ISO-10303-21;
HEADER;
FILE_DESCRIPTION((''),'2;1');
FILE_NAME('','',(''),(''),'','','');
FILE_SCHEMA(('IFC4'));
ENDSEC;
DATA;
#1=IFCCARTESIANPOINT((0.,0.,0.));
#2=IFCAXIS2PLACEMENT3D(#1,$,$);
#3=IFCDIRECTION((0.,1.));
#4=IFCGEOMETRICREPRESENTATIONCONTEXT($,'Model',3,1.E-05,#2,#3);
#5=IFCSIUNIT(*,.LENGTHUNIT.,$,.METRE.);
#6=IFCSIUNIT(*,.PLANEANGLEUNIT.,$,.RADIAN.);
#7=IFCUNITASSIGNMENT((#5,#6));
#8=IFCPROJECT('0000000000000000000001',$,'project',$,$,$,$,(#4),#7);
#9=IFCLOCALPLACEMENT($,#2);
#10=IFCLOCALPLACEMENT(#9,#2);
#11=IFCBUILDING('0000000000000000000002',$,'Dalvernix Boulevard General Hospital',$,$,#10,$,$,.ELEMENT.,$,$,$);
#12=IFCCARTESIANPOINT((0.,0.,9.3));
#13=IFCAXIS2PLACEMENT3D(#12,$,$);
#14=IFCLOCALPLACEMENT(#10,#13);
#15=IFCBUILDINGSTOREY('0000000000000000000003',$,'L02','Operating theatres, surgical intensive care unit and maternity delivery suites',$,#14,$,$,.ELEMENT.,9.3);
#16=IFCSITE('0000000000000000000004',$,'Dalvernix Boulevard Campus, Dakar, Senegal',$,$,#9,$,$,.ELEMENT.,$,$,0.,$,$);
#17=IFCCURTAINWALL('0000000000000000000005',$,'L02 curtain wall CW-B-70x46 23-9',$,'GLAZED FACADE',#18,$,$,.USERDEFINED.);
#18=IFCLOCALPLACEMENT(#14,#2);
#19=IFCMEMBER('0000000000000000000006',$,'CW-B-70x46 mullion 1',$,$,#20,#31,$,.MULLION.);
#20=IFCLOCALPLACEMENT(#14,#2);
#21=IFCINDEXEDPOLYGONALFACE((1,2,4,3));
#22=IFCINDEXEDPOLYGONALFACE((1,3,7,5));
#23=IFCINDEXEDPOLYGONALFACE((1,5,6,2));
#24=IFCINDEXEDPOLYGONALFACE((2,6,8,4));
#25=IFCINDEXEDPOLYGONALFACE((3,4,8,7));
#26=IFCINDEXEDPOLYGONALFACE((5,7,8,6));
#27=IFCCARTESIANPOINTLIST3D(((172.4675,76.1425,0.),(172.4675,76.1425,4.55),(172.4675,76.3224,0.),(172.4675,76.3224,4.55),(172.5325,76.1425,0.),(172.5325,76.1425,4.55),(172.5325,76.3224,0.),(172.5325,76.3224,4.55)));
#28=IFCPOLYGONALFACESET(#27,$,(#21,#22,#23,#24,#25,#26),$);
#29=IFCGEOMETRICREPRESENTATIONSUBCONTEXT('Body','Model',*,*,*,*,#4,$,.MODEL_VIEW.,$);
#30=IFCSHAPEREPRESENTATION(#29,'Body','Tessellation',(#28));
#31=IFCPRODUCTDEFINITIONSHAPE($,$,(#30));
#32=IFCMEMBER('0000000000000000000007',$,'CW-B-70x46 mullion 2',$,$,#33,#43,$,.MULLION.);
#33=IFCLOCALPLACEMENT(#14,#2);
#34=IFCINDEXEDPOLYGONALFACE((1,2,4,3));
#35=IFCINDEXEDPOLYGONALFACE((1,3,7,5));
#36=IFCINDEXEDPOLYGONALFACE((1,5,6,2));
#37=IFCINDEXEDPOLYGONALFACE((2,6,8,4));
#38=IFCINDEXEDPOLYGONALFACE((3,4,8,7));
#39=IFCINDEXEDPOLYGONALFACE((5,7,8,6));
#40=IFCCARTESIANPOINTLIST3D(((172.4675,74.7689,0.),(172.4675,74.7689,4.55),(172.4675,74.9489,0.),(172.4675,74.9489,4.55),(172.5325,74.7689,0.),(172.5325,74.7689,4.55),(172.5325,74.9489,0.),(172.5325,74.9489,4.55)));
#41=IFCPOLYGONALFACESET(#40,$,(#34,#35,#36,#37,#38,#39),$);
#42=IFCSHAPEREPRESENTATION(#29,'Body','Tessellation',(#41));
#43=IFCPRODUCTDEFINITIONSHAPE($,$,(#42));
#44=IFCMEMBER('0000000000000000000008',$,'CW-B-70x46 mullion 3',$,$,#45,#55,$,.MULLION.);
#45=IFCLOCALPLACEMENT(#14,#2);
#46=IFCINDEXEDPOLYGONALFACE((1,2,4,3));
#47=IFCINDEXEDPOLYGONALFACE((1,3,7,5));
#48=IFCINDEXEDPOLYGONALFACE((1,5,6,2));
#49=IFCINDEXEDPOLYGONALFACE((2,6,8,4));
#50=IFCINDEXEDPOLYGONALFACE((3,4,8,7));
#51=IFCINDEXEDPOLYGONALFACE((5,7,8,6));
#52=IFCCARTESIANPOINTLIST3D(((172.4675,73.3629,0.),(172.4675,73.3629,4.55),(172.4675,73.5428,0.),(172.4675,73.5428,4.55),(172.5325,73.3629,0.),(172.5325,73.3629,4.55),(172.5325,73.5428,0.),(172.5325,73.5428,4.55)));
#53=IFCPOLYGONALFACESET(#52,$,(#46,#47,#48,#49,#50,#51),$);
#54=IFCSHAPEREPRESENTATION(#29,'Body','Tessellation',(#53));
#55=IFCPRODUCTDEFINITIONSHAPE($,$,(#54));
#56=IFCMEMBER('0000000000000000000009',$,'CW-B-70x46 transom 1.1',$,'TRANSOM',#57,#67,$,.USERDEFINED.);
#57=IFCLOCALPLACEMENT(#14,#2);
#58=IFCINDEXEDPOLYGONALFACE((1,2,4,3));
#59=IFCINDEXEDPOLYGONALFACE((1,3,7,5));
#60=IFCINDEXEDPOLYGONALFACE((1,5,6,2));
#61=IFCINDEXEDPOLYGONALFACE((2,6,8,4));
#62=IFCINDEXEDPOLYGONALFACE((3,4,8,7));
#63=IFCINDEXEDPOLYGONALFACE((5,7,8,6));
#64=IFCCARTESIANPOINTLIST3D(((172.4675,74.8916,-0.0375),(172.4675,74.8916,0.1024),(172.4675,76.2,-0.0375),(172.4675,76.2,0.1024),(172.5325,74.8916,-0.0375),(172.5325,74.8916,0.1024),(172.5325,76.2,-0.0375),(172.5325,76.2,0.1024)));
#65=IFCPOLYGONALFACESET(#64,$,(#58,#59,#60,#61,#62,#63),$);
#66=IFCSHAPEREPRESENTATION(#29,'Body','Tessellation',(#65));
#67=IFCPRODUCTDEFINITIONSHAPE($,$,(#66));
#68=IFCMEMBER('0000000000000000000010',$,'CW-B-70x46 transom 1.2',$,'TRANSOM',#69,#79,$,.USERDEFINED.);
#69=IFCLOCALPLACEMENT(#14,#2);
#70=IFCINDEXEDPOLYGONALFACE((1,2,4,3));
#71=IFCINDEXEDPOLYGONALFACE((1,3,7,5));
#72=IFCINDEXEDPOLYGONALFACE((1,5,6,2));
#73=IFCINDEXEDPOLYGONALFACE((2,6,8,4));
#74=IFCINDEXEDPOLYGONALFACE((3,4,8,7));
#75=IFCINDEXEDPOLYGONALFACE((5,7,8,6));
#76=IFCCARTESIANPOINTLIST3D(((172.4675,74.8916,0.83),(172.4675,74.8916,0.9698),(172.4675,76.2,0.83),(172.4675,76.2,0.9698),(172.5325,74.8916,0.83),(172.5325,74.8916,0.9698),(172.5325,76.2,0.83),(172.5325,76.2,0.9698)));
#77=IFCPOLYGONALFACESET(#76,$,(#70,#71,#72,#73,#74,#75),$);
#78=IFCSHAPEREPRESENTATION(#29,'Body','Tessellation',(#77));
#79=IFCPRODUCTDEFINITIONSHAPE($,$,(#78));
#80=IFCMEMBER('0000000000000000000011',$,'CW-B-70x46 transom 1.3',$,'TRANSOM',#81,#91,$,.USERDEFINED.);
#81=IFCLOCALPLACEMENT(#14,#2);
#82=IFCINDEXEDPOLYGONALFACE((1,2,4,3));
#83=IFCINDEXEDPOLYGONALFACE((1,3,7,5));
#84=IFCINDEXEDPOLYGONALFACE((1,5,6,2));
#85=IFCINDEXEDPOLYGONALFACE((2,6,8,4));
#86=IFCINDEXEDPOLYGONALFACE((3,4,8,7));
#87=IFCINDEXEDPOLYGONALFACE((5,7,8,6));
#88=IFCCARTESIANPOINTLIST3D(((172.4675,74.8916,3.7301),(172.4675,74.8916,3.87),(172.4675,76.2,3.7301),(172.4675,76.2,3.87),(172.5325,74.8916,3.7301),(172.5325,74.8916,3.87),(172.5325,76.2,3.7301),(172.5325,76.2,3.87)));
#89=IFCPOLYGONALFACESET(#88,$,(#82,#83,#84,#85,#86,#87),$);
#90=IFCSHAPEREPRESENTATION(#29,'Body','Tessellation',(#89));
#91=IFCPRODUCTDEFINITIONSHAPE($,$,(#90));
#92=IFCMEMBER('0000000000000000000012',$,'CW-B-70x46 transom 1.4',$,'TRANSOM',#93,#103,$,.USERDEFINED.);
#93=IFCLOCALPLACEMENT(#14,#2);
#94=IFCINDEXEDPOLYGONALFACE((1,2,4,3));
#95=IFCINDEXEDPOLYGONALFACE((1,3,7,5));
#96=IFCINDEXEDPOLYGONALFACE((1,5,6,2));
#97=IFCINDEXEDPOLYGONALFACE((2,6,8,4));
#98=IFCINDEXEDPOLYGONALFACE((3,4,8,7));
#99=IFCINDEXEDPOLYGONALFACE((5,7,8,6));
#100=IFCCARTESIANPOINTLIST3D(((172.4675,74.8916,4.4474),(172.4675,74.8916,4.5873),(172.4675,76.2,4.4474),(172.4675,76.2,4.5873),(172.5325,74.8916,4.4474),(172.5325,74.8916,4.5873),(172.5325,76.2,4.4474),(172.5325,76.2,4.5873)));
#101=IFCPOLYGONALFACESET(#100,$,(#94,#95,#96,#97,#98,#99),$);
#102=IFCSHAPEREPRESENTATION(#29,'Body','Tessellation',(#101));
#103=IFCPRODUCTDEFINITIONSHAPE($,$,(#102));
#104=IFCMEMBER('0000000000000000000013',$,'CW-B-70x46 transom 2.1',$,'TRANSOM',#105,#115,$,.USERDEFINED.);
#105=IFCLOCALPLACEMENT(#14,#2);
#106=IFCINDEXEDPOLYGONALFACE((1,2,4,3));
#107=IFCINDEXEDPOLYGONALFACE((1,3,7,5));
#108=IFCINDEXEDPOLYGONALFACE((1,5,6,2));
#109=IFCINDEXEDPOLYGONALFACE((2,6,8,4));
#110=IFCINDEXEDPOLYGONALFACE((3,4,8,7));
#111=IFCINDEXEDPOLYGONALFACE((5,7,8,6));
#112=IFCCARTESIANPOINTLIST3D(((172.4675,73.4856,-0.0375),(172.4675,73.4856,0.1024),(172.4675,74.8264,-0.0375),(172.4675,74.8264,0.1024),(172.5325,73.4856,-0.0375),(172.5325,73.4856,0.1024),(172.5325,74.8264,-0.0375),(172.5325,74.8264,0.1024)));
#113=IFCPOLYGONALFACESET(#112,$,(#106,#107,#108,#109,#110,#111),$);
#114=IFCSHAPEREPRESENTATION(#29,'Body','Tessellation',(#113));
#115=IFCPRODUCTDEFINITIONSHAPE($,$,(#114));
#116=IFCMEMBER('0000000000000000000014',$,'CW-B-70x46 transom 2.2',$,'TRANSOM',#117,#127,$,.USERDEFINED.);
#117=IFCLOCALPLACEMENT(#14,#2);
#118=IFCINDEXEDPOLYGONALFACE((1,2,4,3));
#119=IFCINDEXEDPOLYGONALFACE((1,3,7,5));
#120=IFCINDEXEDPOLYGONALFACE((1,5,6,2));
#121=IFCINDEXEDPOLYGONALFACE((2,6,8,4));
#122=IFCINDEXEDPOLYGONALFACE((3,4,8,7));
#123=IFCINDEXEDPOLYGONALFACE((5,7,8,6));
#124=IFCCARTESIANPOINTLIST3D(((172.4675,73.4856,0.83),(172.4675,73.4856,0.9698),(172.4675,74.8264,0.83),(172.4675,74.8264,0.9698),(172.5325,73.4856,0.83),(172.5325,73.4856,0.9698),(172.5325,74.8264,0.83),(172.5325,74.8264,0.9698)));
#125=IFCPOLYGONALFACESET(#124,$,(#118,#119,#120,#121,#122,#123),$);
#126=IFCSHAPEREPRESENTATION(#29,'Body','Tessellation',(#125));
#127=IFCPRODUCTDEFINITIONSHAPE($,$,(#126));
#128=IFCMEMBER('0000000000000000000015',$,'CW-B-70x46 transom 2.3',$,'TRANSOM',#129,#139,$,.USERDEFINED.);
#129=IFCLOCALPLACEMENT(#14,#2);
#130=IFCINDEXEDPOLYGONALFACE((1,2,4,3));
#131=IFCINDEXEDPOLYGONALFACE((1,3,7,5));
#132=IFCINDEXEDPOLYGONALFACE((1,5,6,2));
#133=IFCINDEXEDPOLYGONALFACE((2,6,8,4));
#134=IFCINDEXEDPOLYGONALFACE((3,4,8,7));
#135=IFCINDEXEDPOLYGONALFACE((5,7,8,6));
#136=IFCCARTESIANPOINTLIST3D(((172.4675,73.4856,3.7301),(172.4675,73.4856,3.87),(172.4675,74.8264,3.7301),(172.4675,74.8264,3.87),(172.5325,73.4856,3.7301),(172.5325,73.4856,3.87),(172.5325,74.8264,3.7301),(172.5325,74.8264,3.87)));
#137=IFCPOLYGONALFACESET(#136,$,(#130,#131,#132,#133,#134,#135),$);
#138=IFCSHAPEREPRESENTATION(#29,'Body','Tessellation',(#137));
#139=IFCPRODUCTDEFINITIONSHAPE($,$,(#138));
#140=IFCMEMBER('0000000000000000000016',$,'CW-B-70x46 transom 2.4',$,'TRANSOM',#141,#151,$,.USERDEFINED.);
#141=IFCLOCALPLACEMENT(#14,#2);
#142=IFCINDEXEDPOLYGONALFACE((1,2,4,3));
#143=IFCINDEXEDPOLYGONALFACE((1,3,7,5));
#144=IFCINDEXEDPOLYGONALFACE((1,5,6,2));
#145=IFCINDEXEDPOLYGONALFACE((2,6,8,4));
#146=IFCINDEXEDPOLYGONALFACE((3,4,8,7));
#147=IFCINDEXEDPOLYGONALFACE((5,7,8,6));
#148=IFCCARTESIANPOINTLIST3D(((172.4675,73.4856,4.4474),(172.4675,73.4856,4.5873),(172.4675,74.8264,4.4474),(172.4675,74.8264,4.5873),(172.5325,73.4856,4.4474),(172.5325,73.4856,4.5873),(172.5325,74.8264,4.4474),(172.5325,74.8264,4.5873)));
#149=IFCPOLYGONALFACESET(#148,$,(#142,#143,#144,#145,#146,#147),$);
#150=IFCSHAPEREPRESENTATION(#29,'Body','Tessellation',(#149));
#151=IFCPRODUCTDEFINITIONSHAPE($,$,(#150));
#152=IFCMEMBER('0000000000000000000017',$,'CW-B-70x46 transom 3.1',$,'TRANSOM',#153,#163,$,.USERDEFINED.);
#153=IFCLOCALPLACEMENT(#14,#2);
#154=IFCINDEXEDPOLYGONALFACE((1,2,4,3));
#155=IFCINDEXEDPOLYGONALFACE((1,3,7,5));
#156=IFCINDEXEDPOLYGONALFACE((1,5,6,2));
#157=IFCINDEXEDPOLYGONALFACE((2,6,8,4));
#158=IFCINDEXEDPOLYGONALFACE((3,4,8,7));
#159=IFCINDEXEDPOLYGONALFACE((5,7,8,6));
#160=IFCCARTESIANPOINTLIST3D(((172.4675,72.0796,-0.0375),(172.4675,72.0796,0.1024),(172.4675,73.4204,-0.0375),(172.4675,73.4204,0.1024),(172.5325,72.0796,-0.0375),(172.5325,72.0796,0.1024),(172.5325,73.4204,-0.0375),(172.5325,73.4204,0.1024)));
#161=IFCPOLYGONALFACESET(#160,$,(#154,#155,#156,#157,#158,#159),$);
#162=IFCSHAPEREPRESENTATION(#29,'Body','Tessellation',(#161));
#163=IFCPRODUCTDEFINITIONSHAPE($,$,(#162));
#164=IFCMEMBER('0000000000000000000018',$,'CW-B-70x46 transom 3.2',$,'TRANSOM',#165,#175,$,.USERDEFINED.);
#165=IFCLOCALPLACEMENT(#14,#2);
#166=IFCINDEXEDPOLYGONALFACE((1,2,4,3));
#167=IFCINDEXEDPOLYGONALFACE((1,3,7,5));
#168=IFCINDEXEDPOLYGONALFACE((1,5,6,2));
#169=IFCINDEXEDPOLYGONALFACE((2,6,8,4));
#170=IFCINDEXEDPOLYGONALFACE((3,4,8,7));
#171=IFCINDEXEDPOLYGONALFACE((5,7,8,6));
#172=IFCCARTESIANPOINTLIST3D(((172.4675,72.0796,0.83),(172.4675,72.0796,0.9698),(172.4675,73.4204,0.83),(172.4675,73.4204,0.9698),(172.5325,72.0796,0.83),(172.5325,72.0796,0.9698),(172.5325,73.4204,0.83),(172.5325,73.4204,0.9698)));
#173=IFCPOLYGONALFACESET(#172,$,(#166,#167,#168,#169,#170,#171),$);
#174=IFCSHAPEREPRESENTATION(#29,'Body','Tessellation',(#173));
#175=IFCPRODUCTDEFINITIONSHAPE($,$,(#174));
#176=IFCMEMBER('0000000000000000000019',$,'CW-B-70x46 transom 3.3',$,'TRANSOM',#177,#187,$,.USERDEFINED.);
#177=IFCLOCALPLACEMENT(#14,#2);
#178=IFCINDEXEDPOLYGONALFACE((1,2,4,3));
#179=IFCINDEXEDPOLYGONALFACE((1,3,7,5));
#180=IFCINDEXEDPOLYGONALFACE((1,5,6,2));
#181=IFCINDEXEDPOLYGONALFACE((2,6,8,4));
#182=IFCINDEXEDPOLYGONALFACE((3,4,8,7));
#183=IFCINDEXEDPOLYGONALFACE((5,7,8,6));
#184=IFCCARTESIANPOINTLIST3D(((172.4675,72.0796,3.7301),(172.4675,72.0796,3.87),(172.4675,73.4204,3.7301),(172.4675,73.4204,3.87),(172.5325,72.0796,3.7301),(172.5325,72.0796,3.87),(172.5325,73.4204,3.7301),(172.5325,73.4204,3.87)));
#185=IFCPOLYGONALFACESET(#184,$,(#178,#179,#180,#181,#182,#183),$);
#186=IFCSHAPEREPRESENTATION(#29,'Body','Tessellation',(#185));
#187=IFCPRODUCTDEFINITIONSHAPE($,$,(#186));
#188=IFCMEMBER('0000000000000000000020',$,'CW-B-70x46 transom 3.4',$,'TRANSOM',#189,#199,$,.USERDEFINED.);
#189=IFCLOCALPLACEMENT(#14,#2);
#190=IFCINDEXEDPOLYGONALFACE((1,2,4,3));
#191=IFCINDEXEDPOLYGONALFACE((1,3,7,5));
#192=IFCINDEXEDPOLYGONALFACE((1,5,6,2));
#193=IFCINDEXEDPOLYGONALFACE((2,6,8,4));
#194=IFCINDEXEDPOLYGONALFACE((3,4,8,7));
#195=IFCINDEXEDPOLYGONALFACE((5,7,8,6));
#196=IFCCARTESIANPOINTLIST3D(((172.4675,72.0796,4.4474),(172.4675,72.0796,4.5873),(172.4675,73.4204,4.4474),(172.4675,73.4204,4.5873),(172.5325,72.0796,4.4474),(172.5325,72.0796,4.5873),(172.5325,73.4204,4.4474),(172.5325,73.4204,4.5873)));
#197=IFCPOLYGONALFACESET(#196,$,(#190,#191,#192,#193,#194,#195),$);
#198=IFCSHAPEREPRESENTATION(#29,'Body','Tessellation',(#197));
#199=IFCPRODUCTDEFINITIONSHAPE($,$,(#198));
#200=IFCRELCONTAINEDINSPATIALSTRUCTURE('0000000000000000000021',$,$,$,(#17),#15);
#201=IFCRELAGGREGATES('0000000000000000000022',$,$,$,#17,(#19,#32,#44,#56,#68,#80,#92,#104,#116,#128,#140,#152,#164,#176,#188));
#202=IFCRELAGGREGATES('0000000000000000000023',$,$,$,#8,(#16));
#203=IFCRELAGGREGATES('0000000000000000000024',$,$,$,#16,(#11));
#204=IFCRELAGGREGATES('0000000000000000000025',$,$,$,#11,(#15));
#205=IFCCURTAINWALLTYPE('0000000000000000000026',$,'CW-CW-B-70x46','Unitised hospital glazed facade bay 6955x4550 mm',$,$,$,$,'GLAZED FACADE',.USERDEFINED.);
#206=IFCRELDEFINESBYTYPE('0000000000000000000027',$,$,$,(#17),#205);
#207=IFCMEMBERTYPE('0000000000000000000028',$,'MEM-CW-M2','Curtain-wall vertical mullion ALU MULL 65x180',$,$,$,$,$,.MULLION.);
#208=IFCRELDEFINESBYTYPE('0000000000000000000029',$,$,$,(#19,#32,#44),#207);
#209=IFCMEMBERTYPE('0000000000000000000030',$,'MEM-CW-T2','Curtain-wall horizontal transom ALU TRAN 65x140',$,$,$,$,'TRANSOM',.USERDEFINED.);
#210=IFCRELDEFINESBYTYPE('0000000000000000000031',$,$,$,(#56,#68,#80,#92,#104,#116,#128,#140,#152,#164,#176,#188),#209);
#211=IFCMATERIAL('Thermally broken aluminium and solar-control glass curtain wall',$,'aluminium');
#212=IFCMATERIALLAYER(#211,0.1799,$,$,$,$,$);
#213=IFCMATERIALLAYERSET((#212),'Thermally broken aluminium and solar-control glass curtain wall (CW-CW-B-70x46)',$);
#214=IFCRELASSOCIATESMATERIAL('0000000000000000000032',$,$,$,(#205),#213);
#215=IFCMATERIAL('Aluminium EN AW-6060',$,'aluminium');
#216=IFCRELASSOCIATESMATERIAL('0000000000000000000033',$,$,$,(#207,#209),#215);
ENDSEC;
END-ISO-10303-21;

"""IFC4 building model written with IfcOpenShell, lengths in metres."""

from ifc_helpers import new_model, si_unit, direction, frame, origin, origin_2d, place, context, subcontext, project, spatial, rectangle, extrude, material, layer, layer_set, material_profile, profile_set, type_object, element, aggregate, save


model = new_model("IFC4")

# Units and contexts
model_context = context("Model", 3, precision=1e-05, world=origin(), true_north=direction((0.0, 1.0)))
body_context = subcontext(model_context, "Body", "Model", "MODEL_VIEW")
ifc_project = project(units=[si_unit("LENGTHUNIT", "METRE"), si_unit("PLANEANGLEUNIT", "RADIAN")], contexts=[model_context])

# Site, building, storey
site_placement = place(None, origin())
site = spatial("IfcSite", under=ifc_project, at=site_placement, Name="Dalvernix Boulevard Campus, Dakar, Senegal", CompositionType="ELEMENT", RefElevation=0.0)
building_placement = place(site_placement, origin())
building = spatial("IfcBuilding", under=site, at=building_placement, Name="Dalvernix Boulevard General Hospital", CompositionType="ELEMENT")
storey_placement = place(building_placement, frame((0.0, 0.0, 9.3)))
storey = spatial("IfcBuildingStorey", under=building, at=storey_placement, Name="L02", Description="Operating theatres, surgical intensive care unit and maternity delivery suites", CompositionType="ELEMENT", Elevation=9.3)

# Curtain wall, members
ifc_material_1 = material(Name="Thermally broken aluminium and solar-control glass curtain wall", Category="aluminium")
ifc_layer_1 = layer(ifc_material_1, 0.1799)
ifc_layer_set_1 = layer_set([ifc_layer_1], Name="Thermally broken aluminium and solar-control glass curtain wall (CW-CW-B-70x46)")
curtain_wall_type = type_object("IfcCurtainWallType", Name="CW-CW-B-70x46", Description="Unitised hospital glazed facade bay 6955x4550 mm", ElementType="GLAZED FACADE", PredefinedType="USERDEFINED", material=ifc_layer_set_1)
curtain_wall_placement = place(storey_placement, origin())
curtain_wall = element("IfcCurtainWall", 1, at=curtain_wall_placement, inside=storey, type_object=curtain_wall_type, Name="L02 curtain wall CW-B-70x46 23-9", ObjectType="GLAZED FACADE", PredefinedType="USERDEFINED")
ifc_material_2 = material(Name="Aluminium EN AW-6060", Category="aluminium")
ifc_material_profile_1 = material_profile(ifc_material_2, rectangle(XDim=0.0649, YDim=0.1799, at=origin_2d()), Name="ALU MULL 65x180")
ifc_profile_set_1 = profile_set([ifc_material_profile_1], Name="Aluminium EN AW-6060")
member_type_1 = type_object("IfcMemberType", Name="MEM-CW-M2", Description="Curtain-wall vertical mullion ALU MULL 65x180", PredefinedType="MULLION", material=ifc_profile_set_1)
member_1_placement = place(storey_placement, frame((172.5, 76.2324, 0.0), z_axis=(0.0, 0.0, 1.0), x_axis=(1.0, 0.0, 0.0)))
member_1 = element("IfcMember", 2, at=member_1_placement, type_object=member_type_1, Name="CW-B-70x46 mullion 1", PredefinedType="MULLION", context=body_context, shape_type="SweptSolid", body=[
    extrude(rectangle(XDim=0.0649, YDim=0.1799, at=origin_2d()), origin(), (0.0, 0.0, 1.0), 4.55),
])
member_2_placement = place(storey_placement, frame((172.5, 74.8589, 0.0), z_axis=(0.0, 0.0, 1.0), x_axis=(1.0, 0.0, 0.0)))
member_2 = element("IfcMember", 3, at=member_2_placement, type_object=member_type_1, Name="CW-B-70x46 mullion 2", PredefinedType="MULLION", context=body_context, shape_type="SweptSolid", body=[
    extrude(rectangle(XDim=0.0649, YDim=0.1799, at=origin_2d()), origin(), (0.0, 0.0, 1.0), 4.55),
])
member_3_placement = place(storey_placement, frame((172.5, 73.4529, 0.0), z_axis=(0.0, 0.0, 1.0), x_axis=(1.0, 0.0, 0.0)))
member_3 = element("IfcMember", 4, at=member_3_placement, type_object=member_type_1, Name="CW-B-70x46 mullion 3", PredefinedType="MULLION", context=body_context, shape_type="SweptSolid", body=[
    extrude(rectangle(XDim=0.0649, YDim=0.1799, at=origin_2d()), origin(), (0.0, 0.0, 1.0), 4.55),
])
ifc_material_profile_2 = material_profile(ifc_material_2, rectangle(XDim=0.0649, YDim=0.1399, at=origin_2d()), Name="ALU TRAN 65x140")
ifc_profile_set_2 = profile_set([ifc_material_profile_2], Name="Aluminium EN AW-6060")
member_type_2 = type_object("IfcMemberType", Name="MEM-CW-T2", Description="Curtain-wall horizontal transom ALU TRAN 65x140", ElementType="TRANSOM", PredefinedType="USERDEFINED", material=ifc_profile_set_2)
member_4_placement = place(storey_placement, frame((172.5, 76.2, 0.0325), z_axis=(0.0, -1.0, 0.0), x_axis=(1.0, 0.0, 0.0)))
member_4 = element("IfcMember", 5, at=member_4_placement, type_object=member_type_2, Name="CW-B-70x46 transom 1.1", ObjectType="TRANSOM", PredefinedType="USERDEFINED", context=body_context, shape_type="SweptSolid", body=[
    extrude(rectangle(XDim=0.0649, YDim=0.1399, at=origin_2d()), origin(), (0.0, 0.0, 1.0), 1.3083),
])
member_5_placement = place(storey_placement, frame((172.5, 76.2, 0.8999), z_axis=(0.0, -1.0, 0.0), x_axis=(1.0, 0.0, 0.0)))
member_5 = element("IfcMember", 6, at=member_5_placement, type_object=member_type_2, Name="CW-B-70x46 transom 1.2", ObjectType="TRANSOM", PredefinedType="USERDEFINED", context=body_context, shape_type="SweptSolid", body=[
    extrude(rectangle(XDim=0.0649, YDim=0.1399, at=origin_2d()), origin(), (0.0, 0.0, 1.0), 1.3083),
])
member_6_placement = place(storey_placement, frame((172.5, 76.2, 3.8), z_axis=(0.0, -1.0, 0.0), x_axis=(1.0, 0.0, 0.0)))
member_6 = element("IfcMember", 7, at=member_6_placement, type_object=member_type_2, Name="CW-B-70x46 transom 1.3", ObjectType="TRANSOM", PredefinedType="USERDEFINED", context=body_context, shape_type="SweptSolid", body=[
    extrude(rectangle(XDim=0.0649, YDim=0.1399, at=origin_2d()), origin(), (0.0, 0.0, 1.0), 1.3083),
])
member_7_placement = place(storey_placement, frame((172.5, 76.2, 4.5173), z_axis=(0.0, -1.0, 0.0), x_axis=(1.0, 0.0, 0.0)))
member_7 = element("IfcMember", 8, at=member_7_placement, type_object=member_type_2, Name="CW-B-70x46 transom 1.4", ObjectType="TRANSOM", PredefinedType="USERDEFINED", context=body_context, shape_type="SweptSolid", body=[
    extrude(rectangle(XDim=0.0649, YDim=0.1399, at=origin_2d()), origin(), (0.0, 0.0, 1.0), 1.3083),
])
member_8_placement = place(storey_placement, frame((172.5, 74.8264, 0.0325), z_axis=(0.0, -1.0, 0.0), x_axis=(1.0, 0.0, 0.0)))
member_8 = element("IfcMember", 9, at=member_8_placement, type_object=member_type_2, Name="CW-B-70x46 transom 2.1", ObjectType="TRANSOM", PredefinedType="USERDEFINED", context=body_context, shape_type="SweptSolid", body=[
    extrude(rectangle(XDim=0.0649, YDim=0.1399, at=origin_2d()), origin(), (0.0, 0.0, 1.0), 1.3408),
])
member_9_placement = place(storey_placement, frame((172.5, 74.8264, 0.8999), z_axis=(0.0, -1.0, 0.0), x_axis=(1.0, 0.0, 0.0)))
member_9 = element("IfcMember", 10, at=member_9_placement, type_object=member_type_2, Name="CW-B-70x46 transom 2.2", ObjectType="TRANSOM", PredefinedType="USERDEFINED", context=body_context, shape_type="SweptSolid", body=[
    extrude(rectangle(XDim=0.0649, YDim=0.1399, at=origin_2d()), origin(), (0.0, 0.0, 1.0), 1.3408),
])
member_10_placement = place(storey_placement, frame((172.5, 74.8264, 3.8), z_axis=(0.0, -1.0, 0.0), x_axis=(1.0, 0.0, 0.0)))
member_10 = element("IfcMember", 11, at=member_10_placement, type_object=member_type_2, Name="CW-B-70x46 transom 2.3", ObjectType="TRANSOM", PredefinedType="USERDEFINED", context=body_context, shape_type="SweptSolid", body=[
    extrude(rectangle(XDim=0.0649, YDim=0.1399, at=origin_2d()), origin(), (0.0, 0.0, 1.0), 1.3408),
])
member_11_placement = place(storey_placement, frame((172.5, 74.8264, 4.5173), z_axis=(0.0, -1.0, 0.0), x_axis=(1.0, 0.0, 0.0)))
member_11 = element("IfcMember", 12, at=member_11_placement, type_object=member_type_2, Name="CW-B-70x46 transom 2.4", ObjectType="TRANSOM", PredefinedType="USERDEFINED", context=body_context, shape_type="SweptSolid", body=[
    extrude(rectangle(XDim=0.0649, YDim=0.1399, at=origin_2d()), origin(), (0.0, 0.0, 1.0), 1.3408),
])
member_12_placement = place(storey_placement, frame((172.5, 73.4204, 0.0325), z_axis=(0.0, -1.0, 0.0), x_axis=(1.0, 0.0, 0.0)))
member_12 = element("IfcMember", 13, at=member_12_placement, type_object=member_type_2, Name="CW-B-70x46 transom 3.1", ObjectType="TRANSOM", PredefinedType="USERDEFINED", context=body_context, shape_type="SweptSolid", body=[
    extrude(rectangle(XDim=0.0649, YDim=0.1399, at=origin_2d()), origin(), (0.0, 0.0, 1.0), 1.3408),
])
member_13_placement = place(storey_placement, frame((172.5, 73.4204, 0.8999), z_axis=(0.0, -1.0, 0.0), x_axis=(1.0, 0.0, 0.0)))
member_13 = element("IfcMember", 14, at=member_13_placement, type_object=member_type_2, Name="CW-B-70x46 transom 3.2", ObjectType="TRANSOM", PredefinedType="USERDEFINED", context=body_context, shape_type="SweptSolid", body=[
    extrude(rectangle(XDim=0.0649, YDim=0.1399, at=origin_2d()), origin(), (0.0, 0.0, 1.0), 1.3408),
])
member_14_placement = place(storey_placement, frame((172.5, 73.4204, 3.8), z_axis=(0.0, -1.0, 0.0), x_axis=(1.0, 0.0, 0.0)))
member_14 = element("IfcMember", 15, at=member_14_placement, type_object=member_type_2, Name="CW-B-70x46 transom 3.3", ObjectType="TRANSOM", PredefinedType="USERDEFINED", context=body_context, shape_type="SweptSolid", body=[
    extrude(rectangle(XDim=0.0649, YDim=0.1399, at=origin_2d()), origin(), (0.0, 0.0, 1.0), 1.3408),
])
member_15_placement = place(storey_placement, frame((172.5, 73.4204, 4.5173), z_axis=(0.0, -1.0, 0.0), x_axis=(1.0, 0.0, 0.0)))
member_15 = element("IfcMember", 16, at=member_15_placement, type_object=member_type_2, Name="CW-B-70x46 transom 3.4", ObjectType="TRANSOM", PredefinedType="USERDEFINED", context=body_context, shape_type="SweptSolid", body=[
    extrude(rectangle(XDim=0.0649, YDim=0.1399, at=origin_2d()), origin(), (0.0, 0.0, 1.0), 1.3408),
])
aggregate(curtain_wall, [member_1, member_2, member_3, member_4, member_5, member_6, member_7, member_8, member_9, member_10, member_11, member_12, member_13, member_14, member_15])

save(model, "model.ifc")
